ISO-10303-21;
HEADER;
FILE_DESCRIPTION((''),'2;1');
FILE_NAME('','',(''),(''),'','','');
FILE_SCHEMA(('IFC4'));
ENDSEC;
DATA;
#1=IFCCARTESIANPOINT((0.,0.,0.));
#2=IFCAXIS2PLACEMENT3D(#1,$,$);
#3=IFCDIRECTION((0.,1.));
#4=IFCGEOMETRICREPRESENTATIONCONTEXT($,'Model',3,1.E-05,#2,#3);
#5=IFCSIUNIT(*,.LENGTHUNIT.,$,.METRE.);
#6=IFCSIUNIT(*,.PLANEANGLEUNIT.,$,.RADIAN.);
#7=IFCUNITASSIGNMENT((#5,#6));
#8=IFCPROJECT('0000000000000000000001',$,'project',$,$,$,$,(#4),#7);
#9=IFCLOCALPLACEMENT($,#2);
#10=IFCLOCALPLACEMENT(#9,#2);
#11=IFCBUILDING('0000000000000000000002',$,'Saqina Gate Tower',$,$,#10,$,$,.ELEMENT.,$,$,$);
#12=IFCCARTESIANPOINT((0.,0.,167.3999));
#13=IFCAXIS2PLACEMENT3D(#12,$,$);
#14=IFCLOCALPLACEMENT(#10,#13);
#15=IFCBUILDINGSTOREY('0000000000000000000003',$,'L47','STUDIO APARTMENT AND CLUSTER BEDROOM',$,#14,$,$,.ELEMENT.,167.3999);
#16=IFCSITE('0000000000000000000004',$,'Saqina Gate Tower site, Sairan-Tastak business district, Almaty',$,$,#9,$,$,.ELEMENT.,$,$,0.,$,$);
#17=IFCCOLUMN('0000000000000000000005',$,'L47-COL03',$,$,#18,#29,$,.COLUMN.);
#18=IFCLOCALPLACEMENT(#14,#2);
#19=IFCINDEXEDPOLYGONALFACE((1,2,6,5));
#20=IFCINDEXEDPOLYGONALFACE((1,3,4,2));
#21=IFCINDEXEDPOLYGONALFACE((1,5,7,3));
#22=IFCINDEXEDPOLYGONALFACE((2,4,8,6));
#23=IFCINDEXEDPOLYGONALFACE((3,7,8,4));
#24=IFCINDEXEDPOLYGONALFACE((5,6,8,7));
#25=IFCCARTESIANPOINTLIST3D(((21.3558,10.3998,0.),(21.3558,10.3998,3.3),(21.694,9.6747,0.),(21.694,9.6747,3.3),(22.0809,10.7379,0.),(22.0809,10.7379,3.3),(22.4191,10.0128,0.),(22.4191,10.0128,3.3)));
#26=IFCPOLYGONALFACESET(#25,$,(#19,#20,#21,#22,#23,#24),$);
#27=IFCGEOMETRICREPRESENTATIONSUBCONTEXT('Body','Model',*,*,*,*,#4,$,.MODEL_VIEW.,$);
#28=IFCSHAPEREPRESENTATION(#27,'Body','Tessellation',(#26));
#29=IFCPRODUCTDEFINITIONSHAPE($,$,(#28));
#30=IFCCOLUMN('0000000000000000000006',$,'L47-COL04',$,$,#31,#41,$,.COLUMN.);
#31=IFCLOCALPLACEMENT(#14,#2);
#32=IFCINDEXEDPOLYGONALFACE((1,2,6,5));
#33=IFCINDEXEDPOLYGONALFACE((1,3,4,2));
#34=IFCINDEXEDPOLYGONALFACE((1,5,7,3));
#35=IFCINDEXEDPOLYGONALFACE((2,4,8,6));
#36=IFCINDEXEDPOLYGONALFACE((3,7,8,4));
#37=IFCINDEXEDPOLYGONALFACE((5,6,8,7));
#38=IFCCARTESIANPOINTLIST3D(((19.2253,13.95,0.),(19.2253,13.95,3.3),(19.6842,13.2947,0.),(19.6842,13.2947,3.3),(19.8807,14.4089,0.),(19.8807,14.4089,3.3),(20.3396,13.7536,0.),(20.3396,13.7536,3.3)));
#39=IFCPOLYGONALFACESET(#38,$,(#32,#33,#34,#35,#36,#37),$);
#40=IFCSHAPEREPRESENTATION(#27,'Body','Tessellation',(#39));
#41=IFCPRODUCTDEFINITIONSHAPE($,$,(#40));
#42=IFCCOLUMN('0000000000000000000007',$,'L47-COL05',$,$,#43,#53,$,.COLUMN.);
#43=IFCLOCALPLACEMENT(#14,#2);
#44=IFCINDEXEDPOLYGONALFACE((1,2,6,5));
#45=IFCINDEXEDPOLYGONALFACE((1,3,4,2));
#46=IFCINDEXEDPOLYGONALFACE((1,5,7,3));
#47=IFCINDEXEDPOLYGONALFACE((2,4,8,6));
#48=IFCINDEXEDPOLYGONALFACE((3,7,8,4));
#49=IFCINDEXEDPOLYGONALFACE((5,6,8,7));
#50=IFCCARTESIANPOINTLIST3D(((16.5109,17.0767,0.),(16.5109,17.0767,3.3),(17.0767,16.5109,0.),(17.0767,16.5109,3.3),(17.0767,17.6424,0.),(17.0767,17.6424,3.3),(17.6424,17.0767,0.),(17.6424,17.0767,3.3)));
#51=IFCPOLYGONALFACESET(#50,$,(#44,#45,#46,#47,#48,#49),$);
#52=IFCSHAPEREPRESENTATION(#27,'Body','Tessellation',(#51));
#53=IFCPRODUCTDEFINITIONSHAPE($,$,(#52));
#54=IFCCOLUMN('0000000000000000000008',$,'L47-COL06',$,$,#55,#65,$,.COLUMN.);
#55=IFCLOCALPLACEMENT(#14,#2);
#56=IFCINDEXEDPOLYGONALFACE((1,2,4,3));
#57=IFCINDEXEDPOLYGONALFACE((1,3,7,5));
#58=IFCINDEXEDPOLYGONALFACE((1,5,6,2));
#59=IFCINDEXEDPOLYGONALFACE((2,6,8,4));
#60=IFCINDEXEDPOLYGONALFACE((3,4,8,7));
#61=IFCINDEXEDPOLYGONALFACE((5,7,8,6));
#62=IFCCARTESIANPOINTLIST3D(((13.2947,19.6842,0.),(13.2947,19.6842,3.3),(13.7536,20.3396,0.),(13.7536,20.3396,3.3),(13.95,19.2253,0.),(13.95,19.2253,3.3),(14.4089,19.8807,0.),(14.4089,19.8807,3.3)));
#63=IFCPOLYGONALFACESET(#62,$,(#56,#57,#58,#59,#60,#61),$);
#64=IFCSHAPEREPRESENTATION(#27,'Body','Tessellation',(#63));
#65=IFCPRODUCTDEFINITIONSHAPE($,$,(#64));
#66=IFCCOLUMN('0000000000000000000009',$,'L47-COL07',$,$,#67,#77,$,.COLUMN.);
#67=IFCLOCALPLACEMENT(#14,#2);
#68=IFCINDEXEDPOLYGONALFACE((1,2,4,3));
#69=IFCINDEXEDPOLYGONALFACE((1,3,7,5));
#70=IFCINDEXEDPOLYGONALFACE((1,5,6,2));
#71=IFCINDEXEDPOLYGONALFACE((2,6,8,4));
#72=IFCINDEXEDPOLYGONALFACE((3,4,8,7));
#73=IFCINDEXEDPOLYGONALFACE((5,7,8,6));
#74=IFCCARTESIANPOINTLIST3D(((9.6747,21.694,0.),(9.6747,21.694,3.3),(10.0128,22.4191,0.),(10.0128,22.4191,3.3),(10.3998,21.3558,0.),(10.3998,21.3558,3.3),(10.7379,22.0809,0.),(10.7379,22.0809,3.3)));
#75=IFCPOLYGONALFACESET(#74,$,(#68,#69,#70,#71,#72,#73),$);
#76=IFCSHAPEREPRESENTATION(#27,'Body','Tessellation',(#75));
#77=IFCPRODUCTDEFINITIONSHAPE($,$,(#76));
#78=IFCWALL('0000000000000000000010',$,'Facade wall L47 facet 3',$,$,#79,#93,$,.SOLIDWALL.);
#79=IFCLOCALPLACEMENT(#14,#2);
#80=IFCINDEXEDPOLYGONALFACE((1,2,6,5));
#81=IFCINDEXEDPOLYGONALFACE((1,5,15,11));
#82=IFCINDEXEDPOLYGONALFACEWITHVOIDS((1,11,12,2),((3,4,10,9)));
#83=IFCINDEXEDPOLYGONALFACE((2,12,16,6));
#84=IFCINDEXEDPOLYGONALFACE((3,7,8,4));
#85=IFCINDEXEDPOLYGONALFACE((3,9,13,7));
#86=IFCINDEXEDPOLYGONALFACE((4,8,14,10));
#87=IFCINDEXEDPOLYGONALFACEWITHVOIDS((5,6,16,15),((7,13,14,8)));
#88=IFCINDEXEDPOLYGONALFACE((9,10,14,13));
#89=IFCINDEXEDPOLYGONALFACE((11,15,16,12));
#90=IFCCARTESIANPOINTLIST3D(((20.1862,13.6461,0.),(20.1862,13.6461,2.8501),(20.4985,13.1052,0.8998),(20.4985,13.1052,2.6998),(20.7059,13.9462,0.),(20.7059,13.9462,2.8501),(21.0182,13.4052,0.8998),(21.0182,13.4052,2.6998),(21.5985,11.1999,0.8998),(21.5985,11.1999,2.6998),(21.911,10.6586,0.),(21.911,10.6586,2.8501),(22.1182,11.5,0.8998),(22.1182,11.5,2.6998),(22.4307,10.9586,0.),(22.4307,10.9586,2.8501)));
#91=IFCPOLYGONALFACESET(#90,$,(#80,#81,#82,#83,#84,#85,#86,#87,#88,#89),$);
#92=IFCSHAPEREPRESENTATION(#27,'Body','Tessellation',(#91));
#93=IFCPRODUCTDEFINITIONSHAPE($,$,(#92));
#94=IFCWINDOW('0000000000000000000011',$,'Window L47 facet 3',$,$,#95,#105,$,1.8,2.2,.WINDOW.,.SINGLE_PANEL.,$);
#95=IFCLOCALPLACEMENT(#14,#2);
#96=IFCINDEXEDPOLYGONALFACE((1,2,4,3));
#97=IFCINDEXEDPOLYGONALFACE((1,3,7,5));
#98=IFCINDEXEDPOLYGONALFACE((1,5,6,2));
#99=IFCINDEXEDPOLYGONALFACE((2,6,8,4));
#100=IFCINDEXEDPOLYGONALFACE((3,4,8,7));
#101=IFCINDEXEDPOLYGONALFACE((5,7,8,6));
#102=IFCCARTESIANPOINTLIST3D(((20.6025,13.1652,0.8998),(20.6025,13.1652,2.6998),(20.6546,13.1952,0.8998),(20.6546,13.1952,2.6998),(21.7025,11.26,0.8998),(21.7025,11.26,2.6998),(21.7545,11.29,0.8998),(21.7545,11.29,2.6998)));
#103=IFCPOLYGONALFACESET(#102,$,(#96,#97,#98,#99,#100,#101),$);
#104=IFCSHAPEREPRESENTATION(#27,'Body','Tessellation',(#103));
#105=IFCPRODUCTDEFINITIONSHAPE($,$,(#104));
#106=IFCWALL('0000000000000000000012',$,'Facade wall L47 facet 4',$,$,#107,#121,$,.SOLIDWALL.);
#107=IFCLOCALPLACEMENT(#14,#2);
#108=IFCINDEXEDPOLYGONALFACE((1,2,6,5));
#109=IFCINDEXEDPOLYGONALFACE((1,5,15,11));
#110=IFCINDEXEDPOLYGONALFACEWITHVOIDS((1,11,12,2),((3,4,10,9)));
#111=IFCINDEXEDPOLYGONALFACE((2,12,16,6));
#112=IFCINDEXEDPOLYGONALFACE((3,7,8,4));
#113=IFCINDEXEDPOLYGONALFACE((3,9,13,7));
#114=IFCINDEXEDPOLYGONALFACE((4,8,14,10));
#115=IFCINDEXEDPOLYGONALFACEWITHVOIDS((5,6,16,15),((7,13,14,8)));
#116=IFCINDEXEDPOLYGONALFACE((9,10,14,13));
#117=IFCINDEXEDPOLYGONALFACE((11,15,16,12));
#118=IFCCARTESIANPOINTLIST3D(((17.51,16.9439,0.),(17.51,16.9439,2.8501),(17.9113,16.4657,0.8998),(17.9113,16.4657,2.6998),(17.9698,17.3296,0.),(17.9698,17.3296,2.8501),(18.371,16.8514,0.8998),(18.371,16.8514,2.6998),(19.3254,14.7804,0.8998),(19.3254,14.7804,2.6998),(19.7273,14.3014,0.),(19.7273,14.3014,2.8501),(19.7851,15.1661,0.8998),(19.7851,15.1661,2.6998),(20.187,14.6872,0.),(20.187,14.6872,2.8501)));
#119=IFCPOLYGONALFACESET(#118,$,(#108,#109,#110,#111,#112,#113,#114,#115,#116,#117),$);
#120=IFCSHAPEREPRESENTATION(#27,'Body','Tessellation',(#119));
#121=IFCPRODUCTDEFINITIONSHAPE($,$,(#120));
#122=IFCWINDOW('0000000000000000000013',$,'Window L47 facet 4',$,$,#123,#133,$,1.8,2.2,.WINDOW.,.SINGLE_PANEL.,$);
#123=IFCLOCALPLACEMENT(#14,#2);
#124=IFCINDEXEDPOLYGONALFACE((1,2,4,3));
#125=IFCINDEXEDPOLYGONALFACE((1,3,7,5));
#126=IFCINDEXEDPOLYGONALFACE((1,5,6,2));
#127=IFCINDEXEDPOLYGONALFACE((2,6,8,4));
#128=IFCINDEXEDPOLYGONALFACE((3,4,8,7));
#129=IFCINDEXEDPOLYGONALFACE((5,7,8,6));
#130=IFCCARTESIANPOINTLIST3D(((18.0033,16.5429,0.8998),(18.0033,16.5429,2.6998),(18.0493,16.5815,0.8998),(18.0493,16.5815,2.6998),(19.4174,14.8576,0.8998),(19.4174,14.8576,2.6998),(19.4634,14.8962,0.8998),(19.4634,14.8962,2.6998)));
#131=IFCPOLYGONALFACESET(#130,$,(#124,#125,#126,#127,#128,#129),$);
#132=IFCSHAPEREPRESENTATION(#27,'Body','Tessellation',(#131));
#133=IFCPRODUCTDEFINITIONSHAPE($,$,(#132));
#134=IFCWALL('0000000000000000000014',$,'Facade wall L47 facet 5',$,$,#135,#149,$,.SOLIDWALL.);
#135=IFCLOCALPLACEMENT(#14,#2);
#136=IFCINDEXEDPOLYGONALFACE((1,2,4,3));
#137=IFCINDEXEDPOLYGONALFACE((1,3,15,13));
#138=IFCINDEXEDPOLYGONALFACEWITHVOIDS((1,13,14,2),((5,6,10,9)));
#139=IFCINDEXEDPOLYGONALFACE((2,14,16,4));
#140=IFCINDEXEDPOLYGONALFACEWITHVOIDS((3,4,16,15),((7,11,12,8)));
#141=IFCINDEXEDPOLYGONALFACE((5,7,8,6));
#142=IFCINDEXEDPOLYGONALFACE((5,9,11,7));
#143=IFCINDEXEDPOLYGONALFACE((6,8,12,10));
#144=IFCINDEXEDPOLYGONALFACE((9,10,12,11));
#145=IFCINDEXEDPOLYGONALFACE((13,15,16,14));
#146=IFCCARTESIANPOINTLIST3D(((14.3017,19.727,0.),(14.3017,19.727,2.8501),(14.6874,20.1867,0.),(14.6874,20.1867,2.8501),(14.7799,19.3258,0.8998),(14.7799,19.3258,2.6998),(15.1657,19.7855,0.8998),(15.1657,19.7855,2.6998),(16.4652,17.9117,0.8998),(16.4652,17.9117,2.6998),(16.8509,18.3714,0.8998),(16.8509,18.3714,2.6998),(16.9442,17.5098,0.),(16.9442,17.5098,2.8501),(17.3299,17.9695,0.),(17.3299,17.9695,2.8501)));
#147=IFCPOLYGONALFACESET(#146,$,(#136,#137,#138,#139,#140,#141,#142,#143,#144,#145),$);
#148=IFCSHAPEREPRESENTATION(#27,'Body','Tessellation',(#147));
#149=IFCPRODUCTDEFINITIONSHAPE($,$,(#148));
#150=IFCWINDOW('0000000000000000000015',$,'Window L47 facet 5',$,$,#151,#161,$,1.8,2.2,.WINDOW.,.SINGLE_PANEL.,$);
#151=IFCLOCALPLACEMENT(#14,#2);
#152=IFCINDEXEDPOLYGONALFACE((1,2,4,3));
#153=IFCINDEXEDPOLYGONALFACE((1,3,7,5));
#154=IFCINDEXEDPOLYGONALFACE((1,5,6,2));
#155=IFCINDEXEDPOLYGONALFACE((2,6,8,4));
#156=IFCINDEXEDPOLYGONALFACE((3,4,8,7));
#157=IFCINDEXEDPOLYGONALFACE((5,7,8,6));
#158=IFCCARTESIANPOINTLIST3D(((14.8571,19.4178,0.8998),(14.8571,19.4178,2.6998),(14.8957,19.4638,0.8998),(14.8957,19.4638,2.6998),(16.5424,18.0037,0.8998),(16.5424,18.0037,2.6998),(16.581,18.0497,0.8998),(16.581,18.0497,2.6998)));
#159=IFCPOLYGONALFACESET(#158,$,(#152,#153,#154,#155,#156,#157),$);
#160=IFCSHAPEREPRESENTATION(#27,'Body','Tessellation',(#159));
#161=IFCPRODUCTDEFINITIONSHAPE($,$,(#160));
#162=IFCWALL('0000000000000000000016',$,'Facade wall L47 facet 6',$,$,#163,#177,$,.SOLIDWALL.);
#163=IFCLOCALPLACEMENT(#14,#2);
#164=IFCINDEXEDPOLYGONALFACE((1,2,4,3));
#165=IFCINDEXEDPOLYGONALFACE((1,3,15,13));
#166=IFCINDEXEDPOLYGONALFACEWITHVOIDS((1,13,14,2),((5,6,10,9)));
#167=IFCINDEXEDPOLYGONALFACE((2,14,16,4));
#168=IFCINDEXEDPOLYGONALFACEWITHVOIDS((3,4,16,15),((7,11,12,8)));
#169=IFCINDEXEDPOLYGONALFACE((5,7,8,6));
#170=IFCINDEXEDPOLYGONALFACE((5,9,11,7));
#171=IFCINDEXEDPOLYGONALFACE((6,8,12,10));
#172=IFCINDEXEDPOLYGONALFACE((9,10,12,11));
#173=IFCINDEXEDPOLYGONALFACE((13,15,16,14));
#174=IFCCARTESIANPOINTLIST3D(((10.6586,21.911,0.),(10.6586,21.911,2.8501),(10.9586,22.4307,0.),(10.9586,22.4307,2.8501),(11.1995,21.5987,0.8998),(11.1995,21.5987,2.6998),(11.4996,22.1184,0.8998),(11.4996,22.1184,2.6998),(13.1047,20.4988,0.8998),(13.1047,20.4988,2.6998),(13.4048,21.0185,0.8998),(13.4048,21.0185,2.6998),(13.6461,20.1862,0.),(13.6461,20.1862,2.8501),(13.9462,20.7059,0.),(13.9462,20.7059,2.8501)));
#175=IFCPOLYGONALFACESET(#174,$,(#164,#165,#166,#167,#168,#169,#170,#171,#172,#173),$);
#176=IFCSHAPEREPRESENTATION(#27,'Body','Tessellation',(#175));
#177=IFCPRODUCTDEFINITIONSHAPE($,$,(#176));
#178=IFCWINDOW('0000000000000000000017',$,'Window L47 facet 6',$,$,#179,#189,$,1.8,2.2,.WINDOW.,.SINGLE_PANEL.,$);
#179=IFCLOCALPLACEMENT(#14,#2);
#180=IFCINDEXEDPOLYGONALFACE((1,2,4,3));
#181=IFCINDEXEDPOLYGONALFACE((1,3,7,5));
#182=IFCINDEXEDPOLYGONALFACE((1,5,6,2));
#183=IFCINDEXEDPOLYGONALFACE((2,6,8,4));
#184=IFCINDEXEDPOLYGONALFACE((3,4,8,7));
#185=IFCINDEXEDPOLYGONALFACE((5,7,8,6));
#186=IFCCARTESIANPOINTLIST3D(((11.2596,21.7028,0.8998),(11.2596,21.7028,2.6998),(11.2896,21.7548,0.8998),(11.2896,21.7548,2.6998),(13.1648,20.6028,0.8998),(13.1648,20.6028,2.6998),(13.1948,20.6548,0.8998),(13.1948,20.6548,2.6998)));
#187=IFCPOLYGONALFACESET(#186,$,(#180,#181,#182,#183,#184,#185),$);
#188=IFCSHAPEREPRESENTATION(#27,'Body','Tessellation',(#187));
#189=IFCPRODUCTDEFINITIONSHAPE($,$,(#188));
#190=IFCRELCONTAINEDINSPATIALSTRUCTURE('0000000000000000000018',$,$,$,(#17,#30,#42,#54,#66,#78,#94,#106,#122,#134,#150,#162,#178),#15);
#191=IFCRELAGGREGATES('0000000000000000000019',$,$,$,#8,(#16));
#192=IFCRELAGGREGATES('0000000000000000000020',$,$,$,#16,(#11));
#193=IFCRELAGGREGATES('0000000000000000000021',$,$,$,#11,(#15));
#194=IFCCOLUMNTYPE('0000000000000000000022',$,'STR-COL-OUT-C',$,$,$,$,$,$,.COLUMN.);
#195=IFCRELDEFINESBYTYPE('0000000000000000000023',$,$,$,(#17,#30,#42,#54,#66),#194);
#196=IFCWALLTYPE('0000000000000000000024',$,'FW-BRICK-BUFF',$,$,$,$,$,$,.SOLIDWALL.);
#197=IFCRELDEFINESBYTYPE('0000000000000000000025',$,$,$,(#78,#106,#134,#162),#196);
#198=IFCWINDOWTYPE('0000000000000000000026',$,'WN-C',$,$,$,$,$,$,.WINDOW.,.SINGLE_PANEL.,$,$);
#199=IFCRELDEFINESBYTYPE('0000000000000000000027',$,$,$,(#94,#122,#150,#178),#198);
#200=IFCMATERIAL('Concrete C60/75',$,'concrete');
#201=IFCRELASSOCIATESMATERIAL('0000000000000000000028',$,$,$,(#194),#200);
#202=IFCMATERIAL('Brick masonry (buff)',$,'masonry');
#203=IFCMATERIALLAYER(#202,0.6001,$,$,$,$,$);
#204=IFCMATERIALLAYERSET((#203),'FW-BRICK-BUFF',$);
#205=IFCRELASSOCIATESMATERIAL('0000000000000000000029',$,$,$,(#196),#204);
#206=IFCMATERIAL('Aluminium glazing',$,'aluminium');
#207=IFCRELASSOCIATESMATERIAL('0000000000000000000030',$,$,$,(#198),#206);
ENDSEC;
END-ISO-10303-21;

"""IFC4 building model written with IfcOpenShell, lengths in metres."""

from ifc_helpers import new_model, si_unit, direction, frame, frame_2d, origin, origin_2d, place, context, subcontext, project, spatial, rectangle, extrude, material, layer, layer_set, material_profile, profile_set, type_object, element, fill, save


model = new_model("IFC4")

# Units and contexts
model_context = context("Model", 3, precision=1e-05, world=origin(), true_north=direction((0.0, 1.0)))
body_context = subcontext(model_context, "Body", "Model", "MODEL_VIEW")
ifc_project = project(units=[si_unit("LENGTHUNIT", "METRE"), si_unit("PLANEANGLEUNIT", "RADIAN")], contexts=[model_context])

# Site, building, storey
site_placement = place(None, origin())
site = spatial("IfcSite", under=ifc_project, at=site_placement, Name="Saqina Gate Tower site, Sairan-Tastak business district, Almaty", CompositionType="ELEMENT", RefElevation=0.0)
building_placement = place(site_placement, origin())
building = spatial("IfcBuilding", under=site, at=building_placement, Name="Saqina Gate Tower", CompositionType="ELEMENT")
storey_placement = place(building_placement, frame((0.0, 0.0, 167.3999)))
storey = spatial("IfcBuildingStorey", under=building, at=storey_placement, Name="L47", Description="STUDIO APARTMENT AND CLUSTER BEDROOM", CompositionType="ELEMENT", Elevation=167.3999)

# Columns
ifc_material_1 = material(Name="Concrete C60/75", Category="concrete")
ifc_material_profile = material_profile(ifc_material_1, rectangle(XDim=0.8, YDim=0.8, at=origin_2d()), Name="RC 800x800")
ifc_profile_set = profile_set([ifc_material_profile], Name="Concrete C60/75")
column_type = type_object("IfcColumnType", Name="STR-COL-OUT-C", PredefinedType="COLUMN", material=ifc_profile_set)
for number, where, z_axis, x_axis, name in (
    (1, (21.8875, 10.2063, 0.0), (0.0, 0.0, 1.0), (0.906308, 0.422618, 0.0), "L47-COL03"),
    (2, (19.7825, 13.8518, 0.0), (0.0, 0.0, 1.0), (0.819152, 0.573576, 0.0), "L47-COL04"),
    (3, (17.0767, 17.0767, 0.0), (0.0, 0.0, 1.0), (0.707107, 0.707107, 0.0), "L47-COL05"),
    (4, (13.8518, 19.7825, 0.0), (0.0, 0.0, 1.0), (0.573576, 0.819152, 0.0), "L47-COL06"),
    (5, (10.2063, 21.8875, 0.0), (0.0, 0.0, 1.0), (0.422618, 0.906308, 0.0), "L47-COL07"),
):
    element("IfcColumn", number, at=place(storey_placement, frame(where, z_axis=z_axis, x_axis=x_axis)), inside=storey, type_object=column_type, Name=name, PredefinedType="COLUMN", context=body_context, shape_type="SweptSolid", body=[
        extrude(rectangle(XDim=0.8, YDim=0.8, at=origin_2d()), origin(), (0.0, 0.0, 1.0), 3.3),
    ])

# Walls, openings, windows
ifc_material_2 = material(Name="Brick masonry (buff)", Category="masonry")
ifc_layer_1 = layer(ifc_material_2, 0.6001)
ifc_layer_set_1 = layer_set([ifc_layer_1], Name="FW-BRICK-BUFF")
wall_type_1 = type_object("IfcWallType", Name="FW-BRICK-BUFF", PredefinedType="SOLIDWALL", material=ifc_layer_set_1)
wall_1_placement = place(storey_placement, frame((22.1709, 10.8086, 0.0), z_axis=(0.0, 0.0, 1.0), x_axis=(-0.499998, 0.866026, 0.0)))
wall_1 = element("IfcWall", 6, at=wall_1_placement, inside=storey, type_object=wall_type_1, Name="Facade wall L47 facet 3", PredefinedType="SOLIDWALL", context=body_context, shape_type="SweptSolid", body=[
    extrude(rectangle(XDim=3.4497, YDim=0.6001, at=frame_2d((1.7249, 0.0))), origin(), (0.0, 0.0, 1.0), 2.8501),
])
opening_1_placement = place(wall_1_placement, frame((0.625, 0.0, 0.8999)))
opening_1 = element("IfcOpeningElement", 7, at=opening_1_placement, cuts=wall_1, PredefinedType="OPENING", context=body_context, shape_type="SweptSolid", body=[
    extrude(rectangle(XDim=2.2, YDim=1.8, at=frame_2d((1.1001, 0.8999))), frame((0.0, 0.312, 0.0), z_axis=(0.0, -1.0, 0.0), x_axis=(1.0, 0.0, 0.0)), (0.0, 0.0, 1.0), 0.624),
])
ifc_material_3 = material(Name="Aluminium glazing", Category="aluminium")
window_type = type_object("IfcWindowType", Name="WN-C", PartitioningType="SINGLE_PANEL", PredefinedType="WINDOW", material=ifc_material_3)
window_1_placement = place(opening_1_placement, origin())
window_1 = element("IfcWindow", 8, at=window_1_placement, inside=storey, type_object=window_type, Name="Window L47 facet 3", OverallHeight=1.8, OverallWidth=2.2, PartitioningType="SINGLE_PANEL", PredefinedType="WINDOW", context=body_context, shape_type="SweptSolid", body=[
    extrude(rectangle(XDim=2.2, YDim=1.8, at=frame_2d((1.1001, 0.8999))), frame((0.0, 0.1799, 0.0), z_axis=(0.0, -1.0, 0.0), x_axis=(1.0, 0.0, 0.0)), (0.0, 0.0, 1.0), 0.0601),
])
fill(opening_1, window_1)
wall_2_placement = place(storey_placement, frame((19.957, 14.4944, 0.0), z_axis=(0.0, 0.0, 1.0), x_axis=(-0.64277, 0.766059, 0.0)))
wall_2 = element("IfcWall", 9, at=wall_2_placement, inside=storey, type_object=wall_type_1, Name="Facade wall L47 facet 4", PredefinedType="SOLIDWALL", context=body_context, shape_type="SweptSolid", body=[
    extrude(rectangle(XDim=3.4495, YDim=0.6001, at=frame_2d((1.7246, 0.0))), origin(), (0.0, 0.0, 1.0), 2.8501),
])
opening_2_placement = place(wall_2_placement, frame((0.625, 0.0, 0.8999)))
opening_2 = element("IfcOpeningElement", 10, at=opening_2_placement, cuts=wall_2, PredefinedType="OPENING", context=body_context, shape_type="SweptSolid", body=[
    extrude(rectangle(XDim=2.2, YDim=1.8, at=frame_2d((1.1001, 0.8999))), frame((0.0, 0.312, 0.0), z_axis=(0.0, -1.0, 0.0), x_axis=(1.0, 0.0, 0.0)), (0.0, 0.0, 1.0), 0.624),
])
window_2_placement = place(opening_2_placement, origin())
window_2 = element("IfcWindow", 11, at=window_2_placement, inside=storey, type_object=window_type, Name="Window L47 facet 4", OverallHeight=1.8, OverallWidth=2.2, PartitioningType="SINGLE_PANEL", PredefinedType="WINDOW", context=body_context, shape_type="SweptSolid", body=[
    extrude(rectangle(XDim=2.2, YDim=1.8, at=frame_2d((1.1001, 0.8999))), frame((0.0, 0.1799, 0.0), z_axis=(0.0, -1.0, 0.0), x_axis=(1.0, 0.0, 0.0)), (0.0, 0.0, 1.0), 0.0601),
])
fill(opening_2, window_2)
wall_3_placement = place(storey_placement, frame((17.137, 17.7397, 0.0), z_axis=(0.0, 0.0, 1.0), x_axis=(-0.766059, 0.64277, 0.0)))
wall_3 = element("IfcWall", 12, at=wall_3_placement, inside=storey, type_object=wall_type_1, Name="Facade wall L47 facet 5", PredefinedType="SOLIDWALL", context=body_context, shape_type="SweptSolid", body=[
    extrude(rectangle(XDim=3.4495, YDim=0.6001, at=frame_2d((1.7246, 0.0))), origin(), (0.0, 0.0, 1.0), 2.8501),
])
opening_3_placement = place(wall_3_placement, frame((0.625, 0.0, 0.8999)))
opening_3 = element("IfcOpeningElement", 13, at=opening_3_placement, cuts=wall_3, PredefinedType="OPENING", context=body_context, shape_type="SweptSolid", body=[
    extrude(rectangle(XDim=2.2, YDim=1.8, at=frame_2d((1.1001, 0.8999))), frame((0.0, 0.312, 0.0), z_axis=(0.0, -1.0, 0.0), x_axis=(1.0, 0.0, 0.0)), (0.0, 0.0, 1.0), 0.624),
])
window_3_placement = place(opening_3_placement, origin())
window_3 = element("IfcWindow", 14, at=window_3_placement, inside=storey, type_object=window_type, Name="Window L47 facet 5", OverallHeight=1.8, OverallWidth=2.2, PartitioningType="SINGLE_PANEL", PredefinedType="WINDOW", context=body_context, shape_type="SweptSolid", body=[
    extrude(rectangle(XDim=2.2, YDim=1.8, at=frame_2d((1.1001, 0.8999))), frame((0.0, 0.1799, 0.0), z_axis=(0.0, -1.0, 0.0), x_axis=(1.0, 0.0, 0.0)), (0.0, 0.0, 1.0), 0.0601),
])
fill(opening_3, window_3)
wall_4_placement = place(storey_placement, frame((13.7961, 20.446, 0.0), z_axis=(0.0, 0.0, 1.0), x_axis=(-0.866026, 0.499998, 0.0)))
wall_4 = element("IfcWall", 15, at=wall_4_placement, inside=storey, type_object=wall_type_1, Name="Facade wall L47 facet 6", PredefinedType="SOLIDWALL", context=body_context, shape_type="SweptSolid", body=[
    extrude(rectangle(XDim=3.4497, YDim=0.6001, at=frame_2d((1.7249, 0.0))), origin(), (0.0, 0.0, 1.0), 2.8501),
])
opening_4_placement = place(wall_4_placement, frame((0.625, 0.0, 0.8999)))
opening_4 = element("IfcOpeningElement", 16, at=opening_4_placement, cuts=wall_4, PredefinedType="OPENING", context=body_context, shape_type="SweptSolid", body=[
    extrude(rectangle(XDim=2.2, YDim=1.8, at=frame_2d((1.1001, 0.8999))), frame((0.0, 0.312, 0.0), z_axis=(0.0, -1.0, 0.0), x_axis=(1.0, 0.0, 0.0)), (0.0, 0.0, 1.0), 0.624),
])
window_4_placement = place(opening_4_placement, origin())
window_4 = element("IfcWindow", 17, at=window_4_placement, inside=storey, type_object=window_type, Name="Window L47 facet 6", OverallHeight=1.8, OverallWidth=2.2, PartitioningType="SINGLE_PANEL", PredefinedType="WINDOW", context=body_context, shape_type="SweptSolid", body=[
    extrude(rectangle(XDim=2.2, YDim=1.8, at=frame_2d((1.1001, 0.8999))), frame((0.0, 0.1799, 0.0), z_axis=(0.0, -1.0, 0.0), x_axis=(1.0, 0.0, 0.0)), (0.0, 0.0, 1.0), 0.0601),
])
fill(opening_4, window_4)

save(model, "model.ifc")
